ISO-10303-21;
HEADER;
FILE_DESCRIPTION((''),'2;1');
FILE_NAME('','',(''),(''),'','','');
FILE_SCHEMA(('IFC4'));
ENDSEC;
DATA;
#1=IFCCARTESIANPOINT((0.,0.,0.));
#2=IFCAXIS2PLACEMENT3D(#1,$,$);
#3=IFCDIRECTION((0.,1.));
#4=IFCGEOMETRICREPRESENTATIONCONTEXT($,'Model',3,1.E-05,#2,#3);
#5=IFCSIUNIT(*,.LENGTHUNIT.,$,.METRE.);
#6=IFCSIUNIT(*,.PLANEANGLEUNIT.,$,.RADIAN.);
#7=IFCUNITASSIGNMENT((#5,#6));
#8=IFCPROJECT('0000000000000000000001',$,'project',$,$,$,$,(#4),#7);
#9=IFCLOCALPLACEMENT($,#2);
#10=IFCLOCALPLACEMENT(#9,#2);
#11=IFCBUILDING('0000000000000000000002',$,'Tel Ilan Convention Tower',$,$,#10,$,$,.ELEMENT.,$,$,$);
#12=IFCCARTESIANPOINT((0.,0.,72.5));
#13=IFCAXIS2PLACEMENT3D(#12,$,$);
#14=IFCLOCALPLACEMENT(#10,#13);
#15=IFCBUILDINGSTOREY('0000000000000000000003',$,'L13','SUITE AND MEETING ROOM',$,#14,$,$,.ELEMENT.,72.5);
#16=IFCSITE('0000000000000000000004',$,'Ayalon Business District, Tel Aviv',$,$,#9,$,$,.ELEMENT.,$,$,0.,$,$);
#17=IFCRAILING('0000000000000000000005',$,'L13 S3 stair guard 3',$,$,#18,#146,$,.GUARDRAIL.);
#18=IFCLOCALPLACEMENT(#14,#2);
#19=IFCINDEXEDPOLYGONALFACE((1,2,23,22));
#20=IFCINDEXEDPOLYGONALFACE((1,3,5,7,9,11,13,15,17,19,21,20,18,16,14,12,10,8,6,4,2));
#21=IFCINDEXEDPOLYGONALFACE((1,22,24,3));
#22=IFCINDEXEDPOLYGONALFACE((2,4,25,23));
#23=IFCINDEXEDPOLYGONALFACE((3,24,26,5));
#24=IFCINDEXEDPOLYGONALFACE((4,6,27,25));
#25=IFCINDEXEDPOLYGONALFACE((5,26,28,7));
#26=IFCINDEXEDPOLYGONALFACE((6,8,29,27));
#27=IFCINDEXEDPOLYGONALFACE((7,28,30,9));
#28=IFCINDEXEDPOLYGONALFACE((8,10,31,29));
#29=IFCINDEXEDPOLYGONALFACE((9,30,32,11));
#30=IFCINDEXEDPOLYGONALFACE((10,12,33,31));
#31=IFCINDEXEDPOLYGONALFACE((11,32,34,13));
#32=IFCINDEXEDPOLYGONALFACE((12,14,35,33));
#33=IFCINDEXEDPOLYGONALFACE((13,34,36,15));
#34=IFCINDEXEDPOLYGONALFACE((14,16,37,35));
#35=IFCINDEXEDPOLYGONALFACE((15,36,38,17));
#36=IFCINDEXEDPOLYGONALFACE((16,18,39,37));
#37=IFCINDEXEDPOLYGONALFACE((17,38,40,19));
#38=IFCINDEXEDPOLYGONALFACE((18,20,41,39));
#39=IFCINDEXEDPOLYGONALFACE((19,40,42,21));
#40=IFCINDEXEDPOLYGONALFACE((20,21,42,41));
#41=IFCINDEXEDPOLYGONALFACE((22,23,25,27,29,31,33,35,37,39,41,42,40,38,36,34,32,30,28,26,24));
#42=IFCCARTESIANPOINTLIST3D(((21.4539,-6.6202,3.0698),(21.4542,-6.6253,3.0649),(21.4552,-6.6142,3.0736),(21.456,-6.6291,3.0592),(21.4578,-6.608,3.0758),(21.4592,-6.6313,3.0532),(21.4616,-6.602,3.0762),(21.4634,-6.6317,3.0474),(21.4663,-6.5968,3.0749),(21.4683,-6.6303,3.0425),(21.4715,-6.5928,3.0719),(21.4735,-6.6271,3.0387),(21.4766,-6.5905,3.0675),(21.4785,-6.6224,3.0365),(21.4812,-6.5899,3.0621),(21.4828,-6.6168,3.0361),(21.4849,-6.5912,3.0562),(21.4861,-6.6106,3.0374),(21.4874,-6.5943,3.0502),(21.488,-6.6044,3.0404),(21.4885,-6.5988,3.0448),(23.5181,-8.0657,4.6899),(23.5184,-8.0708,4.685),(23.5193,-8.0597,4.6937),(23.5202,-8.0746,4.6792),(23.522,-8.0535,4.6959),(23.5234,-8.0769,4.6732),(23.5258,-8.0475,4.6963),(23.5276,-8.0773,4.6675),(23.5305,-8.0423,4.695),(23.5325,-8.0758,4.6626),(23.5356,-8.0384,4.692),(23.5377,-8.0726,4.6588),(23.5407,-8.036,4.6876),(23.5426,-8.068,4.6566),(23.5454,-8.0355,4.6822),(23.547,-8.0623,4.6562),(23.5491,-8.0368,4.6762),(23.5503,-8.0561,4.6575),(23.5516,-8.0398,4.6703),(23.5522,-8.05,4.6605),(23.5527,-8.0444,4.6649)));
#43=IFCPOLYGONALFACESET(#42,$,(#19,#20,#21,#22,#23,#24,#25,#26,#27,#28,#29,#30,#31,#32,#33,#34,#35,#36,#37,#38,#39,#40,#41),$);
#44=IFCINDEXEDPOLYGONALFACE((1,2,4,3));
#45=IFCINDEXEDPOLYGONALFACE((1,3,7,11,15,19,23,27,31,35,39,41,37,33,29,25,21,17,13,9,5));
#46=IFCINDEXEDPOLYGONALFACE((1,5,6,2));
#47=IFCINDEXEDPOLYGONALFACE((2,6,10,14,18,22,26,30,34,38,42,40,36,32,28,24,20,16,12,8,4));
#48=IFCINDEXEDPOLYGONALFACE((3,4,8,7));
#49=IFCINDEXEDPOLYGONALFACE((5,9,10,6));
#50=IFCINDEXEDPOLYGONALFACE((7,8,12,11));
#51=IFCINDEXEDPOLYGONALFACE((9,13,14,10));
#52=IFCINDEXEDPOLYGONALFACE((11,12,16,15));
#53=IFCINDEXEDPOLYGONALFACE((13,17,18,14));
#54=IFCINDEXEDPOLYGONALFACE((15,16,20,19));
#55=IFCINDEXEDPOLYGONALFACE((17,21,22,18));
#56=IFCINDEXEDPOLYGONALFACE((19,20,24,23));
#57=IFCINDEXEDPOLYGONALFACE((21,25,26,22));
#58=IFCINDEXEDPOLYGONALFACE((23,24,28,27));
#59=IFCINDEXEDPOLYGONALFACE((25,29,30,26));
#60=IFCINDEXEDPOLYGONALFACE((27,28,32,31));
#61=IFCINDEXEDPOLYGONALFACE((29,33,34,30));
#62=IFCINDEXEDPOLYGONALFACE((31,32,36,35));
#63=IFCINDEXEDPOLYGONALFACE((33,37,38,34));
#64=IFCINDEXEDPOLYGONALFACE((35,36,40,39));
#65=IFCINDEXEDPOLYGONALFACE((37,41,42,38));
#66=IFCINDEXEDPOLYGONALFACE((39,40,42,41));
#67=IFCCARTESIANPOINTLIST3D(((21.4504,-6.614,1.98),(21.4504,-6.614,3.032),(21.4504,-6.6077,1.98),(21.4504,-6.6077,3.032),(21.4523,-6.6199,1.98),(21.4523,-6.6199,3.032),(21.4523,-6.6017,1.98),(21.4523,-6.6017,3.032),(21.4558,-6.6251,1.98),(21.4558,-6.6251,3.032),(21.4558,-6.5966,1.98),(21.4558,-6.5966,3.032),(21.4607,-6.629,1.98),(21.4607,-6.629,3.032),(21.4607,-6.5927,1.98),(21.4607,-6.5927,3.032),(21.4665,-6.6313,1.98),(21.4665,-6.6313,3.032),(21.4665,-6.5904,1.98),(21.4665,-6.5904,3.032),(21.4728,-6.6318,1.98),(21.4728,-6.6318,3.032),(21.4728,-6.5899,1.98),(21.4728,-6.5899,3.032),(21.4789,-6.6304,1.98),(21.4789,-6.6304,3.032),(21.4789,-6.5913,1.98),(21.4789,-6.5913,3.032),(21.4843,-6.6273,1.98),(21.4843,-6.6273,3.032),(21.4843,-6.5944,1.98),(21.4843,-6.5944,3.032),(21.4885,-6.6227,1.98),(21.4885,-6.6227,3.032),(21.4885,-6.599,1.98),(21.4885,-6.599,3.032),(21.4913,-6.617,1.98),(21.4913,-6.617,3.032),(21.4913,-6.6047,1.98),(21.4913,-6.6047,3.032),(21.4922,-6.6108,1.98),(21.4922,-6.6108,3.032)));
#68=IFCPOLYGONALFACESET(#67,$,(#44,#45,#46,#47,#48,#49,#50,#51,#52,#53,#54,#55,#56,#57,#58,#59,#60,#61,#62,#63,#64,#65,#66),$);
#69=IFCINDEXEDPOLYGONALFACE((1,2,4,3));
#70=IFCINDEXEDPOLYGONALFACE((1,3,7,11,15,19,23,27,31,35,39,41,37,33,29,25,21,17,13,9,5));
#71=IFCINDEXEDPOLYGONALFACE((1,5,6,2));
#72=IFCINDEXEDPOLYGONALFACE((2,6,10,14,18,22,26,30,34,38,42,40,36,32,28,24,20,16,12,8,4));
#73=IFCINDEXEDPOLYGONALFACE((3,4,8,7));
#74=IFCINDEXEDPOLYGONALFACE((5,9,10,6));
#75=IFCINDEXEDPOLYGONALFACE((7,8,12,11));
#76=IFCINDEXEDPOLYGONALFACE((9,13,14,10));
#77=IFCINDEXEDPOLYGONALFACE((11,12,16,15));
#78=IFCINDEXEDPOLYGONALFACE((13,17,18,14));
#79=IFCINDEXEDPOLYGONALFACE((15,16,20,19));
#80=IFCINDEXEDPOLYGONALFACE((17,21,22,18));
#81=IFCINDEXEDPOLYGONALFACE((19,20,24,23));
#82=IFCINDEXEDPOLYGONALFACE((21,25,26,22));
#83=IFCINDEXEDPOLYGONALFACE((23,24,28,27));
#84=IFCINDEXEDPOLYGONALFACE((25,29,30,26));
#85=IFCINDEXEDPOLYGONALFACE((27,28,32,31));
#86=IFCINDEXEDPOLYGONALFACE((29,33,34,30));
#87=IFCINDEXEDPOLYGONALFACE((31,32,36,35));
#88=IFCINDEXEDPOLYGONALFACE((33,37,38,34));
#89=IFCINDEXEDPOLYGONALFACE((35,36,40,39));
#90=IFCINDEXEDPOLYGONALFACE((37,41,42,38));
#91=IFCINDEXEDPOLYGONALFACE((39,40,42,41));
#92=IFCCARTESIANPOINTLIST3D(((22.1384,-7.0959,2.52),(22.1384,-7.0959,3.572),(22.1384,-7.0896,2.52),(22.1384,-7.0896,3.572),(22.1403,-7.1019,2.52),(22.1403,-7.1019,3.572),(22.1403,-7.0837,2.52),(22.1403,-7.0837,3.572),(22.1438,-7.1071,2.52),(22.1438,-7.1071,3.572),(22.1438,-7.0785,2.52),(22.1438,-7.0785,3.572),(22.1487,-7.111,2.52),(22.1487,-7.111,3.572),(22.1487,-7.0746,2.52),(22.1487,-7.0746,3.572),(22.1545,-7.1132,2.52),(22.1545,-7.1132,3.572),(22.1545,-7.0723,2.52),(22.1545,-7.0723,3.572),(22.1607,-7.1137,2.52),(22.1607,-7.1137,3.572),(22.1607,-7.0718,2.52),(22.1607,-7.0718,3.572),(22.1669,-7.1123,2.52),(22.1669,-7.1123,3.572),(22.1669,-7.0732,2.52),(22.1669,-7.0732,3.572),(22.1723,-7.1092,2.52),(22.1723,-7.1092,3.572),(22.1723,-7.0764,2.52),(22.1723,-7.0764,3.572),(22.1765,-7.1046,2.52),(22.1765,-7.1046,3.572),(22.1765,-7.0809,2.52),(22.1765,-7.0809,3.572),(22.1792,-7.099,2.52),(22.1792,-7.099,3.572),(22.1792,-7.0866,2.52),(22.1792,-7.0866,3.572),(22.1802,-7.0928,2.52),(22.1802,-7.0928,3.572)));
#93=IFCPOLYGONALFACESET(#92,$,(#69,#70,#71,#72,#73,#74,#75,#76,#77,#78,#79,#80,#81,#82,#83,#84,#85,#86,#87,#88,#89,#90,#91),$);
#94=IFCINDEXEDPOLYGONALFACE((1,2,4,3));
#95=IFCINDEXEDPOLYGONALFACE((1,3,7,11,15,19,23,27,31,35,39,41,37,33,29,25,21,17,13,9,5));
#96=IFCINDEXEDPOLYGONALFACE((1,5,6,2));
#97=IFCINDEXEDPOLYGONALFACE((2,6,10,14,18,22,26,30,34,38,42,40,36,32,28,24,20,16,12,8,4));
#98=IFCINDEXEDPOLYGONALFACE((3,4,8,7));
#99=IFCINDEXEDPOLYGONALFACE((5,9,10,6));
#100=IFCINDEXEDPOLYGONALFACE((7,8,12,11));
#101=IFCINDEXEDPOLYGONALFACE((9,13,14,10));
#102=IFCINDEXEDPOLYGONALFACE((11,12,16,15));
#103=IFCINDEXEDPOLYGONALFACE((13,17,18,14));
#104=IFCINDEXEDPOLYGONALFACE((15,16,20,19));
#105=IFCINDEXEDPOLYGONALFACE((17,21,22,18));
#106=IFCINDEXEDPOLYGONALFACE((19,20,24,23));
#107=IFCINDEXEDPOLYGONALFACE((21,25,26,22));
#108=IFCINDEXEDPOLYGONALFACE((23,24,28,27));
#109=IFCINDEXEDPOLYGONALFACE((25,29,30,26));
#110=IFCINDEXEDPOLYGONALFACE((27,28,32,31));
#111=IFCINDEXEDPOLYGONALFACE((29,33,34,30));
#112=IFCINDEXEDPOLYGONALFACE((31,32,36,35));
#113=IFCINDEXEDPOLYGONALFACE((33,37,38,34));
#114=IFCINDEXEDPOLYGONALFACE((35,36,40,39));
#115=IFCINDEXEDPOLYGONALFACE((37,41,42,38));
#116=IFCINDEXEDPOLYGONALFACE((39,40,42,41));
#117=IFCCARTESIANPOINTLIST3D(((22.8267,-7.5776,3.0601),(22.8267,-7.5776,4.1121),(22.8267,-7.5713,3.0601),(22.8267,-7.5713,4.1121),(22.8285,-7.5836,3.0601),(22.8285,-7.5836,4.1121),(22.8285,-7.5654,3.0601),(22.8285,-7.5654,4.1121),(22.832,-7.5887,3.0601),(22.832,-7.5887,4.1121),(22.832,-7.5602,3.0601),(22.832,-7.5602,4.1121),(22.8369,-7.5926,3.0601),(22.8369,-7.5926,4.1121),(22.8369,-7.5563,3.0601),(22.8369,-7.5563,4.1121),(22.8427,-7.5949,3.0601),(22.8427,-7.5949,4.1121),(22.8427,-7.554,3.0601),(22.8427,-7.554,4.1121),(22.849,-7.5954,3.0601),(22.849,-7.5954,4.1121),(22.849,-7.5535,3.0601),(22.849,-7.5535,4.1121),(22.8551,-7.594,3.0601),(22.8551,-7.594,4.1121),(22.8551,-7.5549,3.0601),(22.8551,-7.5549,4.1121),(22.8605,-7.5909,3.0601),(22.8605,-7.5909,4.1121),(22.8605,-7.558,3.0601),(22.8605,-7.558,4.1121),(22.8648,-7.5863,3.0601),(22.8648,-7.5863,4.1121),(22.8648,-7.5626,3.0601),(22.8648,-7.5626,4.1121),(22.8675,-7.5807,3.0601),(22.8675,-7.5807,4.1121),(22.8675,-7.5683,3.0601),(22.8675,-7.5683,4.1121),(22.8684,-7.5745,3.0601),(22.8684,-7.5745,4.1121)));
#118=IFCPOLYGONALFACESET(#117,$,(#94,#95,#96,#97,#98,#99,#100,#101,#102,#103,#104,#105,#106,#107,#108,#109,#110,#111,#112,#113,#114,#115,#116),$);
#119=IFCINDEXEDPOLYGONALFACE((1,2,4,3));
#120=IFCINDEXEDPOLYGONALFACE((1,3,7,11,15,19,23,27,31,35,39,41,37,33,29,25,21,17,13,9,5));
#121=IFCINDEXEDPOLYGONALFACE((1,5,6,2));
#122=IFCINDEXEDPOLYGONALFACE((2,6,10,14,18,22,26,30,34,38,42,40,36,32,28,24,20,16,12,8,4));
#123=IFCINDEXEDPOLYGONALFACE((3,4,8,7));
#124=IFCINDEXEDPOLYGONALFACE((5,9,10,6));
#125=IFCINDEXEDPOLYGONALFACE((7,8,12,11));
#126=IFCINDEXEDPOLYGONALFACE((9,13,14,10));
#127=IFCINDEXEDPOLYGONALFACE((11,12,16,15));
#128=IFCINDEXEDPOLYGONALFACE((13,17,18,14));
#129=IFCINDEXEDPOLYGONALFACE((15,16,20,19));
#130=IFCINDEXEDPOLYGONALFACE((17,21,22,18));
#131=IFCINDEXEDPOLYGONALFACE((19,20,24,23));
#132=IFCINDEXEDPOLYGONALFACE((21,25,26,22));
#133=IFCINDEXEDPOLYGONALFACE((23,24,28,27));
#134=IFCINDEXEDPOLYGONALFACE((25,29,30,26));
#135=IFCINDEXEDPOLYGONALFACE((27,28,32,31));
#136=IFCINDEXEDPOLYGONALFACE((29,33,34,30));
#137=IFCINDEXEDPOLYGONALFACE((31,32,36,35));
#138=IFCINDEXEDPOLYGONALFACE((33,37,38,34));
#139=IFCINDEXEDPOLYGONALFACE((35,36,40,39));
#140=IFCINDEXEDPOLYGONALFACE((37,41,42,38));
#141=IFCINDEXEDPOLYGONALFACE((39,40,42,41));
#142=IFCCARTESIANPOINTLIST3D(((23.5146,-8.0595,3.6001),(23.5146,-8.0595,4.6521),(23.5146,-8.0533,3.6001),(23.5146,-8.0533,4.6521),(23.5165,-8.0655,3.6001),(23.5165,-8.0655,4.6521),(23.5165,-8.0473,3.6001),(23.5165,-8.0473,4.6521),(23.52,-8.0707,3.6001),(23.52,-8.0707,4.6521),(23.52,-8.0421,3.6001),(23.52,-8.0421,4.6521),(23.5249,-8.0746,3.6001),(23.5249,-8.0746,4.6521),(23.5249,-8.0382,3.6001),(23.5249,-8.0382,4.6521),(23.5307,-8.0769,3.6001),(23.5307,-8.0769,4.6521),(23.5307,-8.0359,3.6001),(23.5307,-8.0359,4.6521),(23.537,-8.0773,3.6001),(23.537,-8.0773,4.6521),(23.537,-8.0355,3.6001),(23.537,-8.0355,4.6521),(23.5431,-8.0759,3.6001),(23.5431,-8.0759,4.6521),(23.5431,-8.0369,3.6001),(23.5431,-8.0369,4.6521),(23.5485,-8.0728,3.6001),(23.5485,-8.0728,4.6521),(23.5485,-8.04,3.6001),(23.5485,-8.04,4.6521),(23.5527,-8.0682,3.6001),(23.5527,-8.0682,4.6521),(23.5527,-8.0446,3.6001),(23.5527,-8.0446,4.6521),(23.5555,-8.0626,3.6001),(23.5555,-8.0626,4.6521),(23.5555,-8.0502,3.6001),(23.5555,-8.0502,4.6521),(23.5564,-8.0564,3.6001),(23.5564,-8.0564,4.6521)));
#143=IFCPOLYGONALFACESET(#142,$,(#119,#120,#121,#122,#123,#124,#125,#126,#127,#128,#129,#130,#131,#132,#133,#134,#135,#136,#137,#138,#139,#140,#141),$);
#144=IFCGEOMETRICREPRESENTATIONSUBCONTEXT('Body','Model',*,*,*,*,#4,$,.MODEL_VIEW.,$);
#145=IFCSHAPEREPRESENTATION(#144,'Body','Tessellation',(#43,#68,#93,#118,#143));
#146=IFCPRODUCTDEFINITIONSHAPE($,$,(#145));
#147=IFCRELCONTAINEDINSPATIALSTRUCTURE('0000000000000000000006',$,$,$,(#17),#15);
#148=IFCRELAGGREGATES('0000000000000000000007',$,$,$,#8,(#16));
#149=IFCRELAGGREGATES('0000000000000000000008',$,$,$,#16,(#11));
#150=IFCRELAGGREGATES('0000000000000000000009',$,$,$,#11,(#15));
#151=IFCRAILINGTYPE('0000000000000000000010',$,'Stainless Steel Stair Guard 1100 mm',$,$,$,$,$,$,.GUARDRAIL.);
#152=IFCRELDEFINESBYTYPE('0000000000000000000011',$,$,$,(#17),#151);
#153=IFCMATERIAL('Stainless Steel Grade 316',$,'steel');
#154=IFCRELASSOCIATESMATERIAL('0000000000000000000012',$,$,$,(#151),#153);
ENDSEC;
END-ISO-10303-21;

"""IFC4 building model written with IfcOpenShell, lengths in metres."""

from ifc_helpers import new_model, si_unit, direction, frame, origin, origin_2d, place, context, subcontext, project, spatial, circle, extrude, material, type_object, element, save


model = new_model("IFC4")

# Units and contexts
model_context = context("Model", 3, precision=1e-05, world=origin(), true_north=direction((0.0, 1.0)))
body_context = subcontext(model_context, "Body", "Model", "MODEL_VIEW")
ifc_project = project(units=[si_unit("LENGTHUNIT", "METRE"), si_unit("PLANEANGLEUNIT", "RADIAN")], contexts=[model_context])

# Site, building, storey
site_placement = place(None, origin())
site = spatial("IfcSite", under=ifc_project, at=site_placement, Name="Ayalon Business District, Tel Aviv", CompositionType="ELEMENT", RefElevation=0.0)
building_placement = place(site_placement, origin())
building = spatial("IfcBuilding", under=site, at=building_placement, Name="Tel Ilan Convention Tower", CompositionType="ELEMENT")
storey_placement = place(building_placement, frame((0.0, 0.0, 72.5)))
storey = spatial("IfcBuildingStorey", under=building, at=storey_placement, Name="L13", Description="SUITE AND MEETING ROOM", CompositionType="ELEMENT", Elevation=72.5)

# Railing
ifc_material_1 = material(Name="Stainless Steel Grade 316", Category="steel")
railing_type_1 = type_object("IfcRailingType", Name="Stainless Steel Stair Guard 1100 mm", PredefinedType="GUARDRAIL", material=ifc_material_1)
railing_1_placement = place(storey_placement, frame((21.4712, -6.6108, 1.98)))
element("IfcRailing", 1, at=railing_1_placement, inside=storey, type_object=railing_type_1, Name="L13 S3 stair guard 3", PredefinedType="GUARDRAIL", context=body_context, shape_type="SweptSolid", body=[
    extrude(circle(Radius=0.0239, at=origin_2d()), frame((0.0, 0.0, 1.0762), z_axis=(0.689013, -0.482513, 0.540779), x_axis=(0.573625, 0.819118, 0.0)), (0.0, 0.0, 1.0), 2.9958),
    extrude(circle(Radius=0.021, at=origin_2d()), origin(), (0.0, 0.0, 1.0), 1.052),
    extrude(circle(Radius=0.021, at=origin_2d()), frame((0.688, -0.4819, 0.54)), (0.0, 0.0, 1.0), 1.052),
    extrude(circle(Radius=0.021, at=origin_2d()), frame((1.3762, -0.9636, 1.0801)), (0.0, 0.0, 1.0), 1.052),
    extrude(circle(Radius=0.021, at=origin_2d()), frame((2.0642, -1.4456, 1.6201)), (0.0, 0.0, 1.0), 1.052),
])

save(model, "model.ifc")
